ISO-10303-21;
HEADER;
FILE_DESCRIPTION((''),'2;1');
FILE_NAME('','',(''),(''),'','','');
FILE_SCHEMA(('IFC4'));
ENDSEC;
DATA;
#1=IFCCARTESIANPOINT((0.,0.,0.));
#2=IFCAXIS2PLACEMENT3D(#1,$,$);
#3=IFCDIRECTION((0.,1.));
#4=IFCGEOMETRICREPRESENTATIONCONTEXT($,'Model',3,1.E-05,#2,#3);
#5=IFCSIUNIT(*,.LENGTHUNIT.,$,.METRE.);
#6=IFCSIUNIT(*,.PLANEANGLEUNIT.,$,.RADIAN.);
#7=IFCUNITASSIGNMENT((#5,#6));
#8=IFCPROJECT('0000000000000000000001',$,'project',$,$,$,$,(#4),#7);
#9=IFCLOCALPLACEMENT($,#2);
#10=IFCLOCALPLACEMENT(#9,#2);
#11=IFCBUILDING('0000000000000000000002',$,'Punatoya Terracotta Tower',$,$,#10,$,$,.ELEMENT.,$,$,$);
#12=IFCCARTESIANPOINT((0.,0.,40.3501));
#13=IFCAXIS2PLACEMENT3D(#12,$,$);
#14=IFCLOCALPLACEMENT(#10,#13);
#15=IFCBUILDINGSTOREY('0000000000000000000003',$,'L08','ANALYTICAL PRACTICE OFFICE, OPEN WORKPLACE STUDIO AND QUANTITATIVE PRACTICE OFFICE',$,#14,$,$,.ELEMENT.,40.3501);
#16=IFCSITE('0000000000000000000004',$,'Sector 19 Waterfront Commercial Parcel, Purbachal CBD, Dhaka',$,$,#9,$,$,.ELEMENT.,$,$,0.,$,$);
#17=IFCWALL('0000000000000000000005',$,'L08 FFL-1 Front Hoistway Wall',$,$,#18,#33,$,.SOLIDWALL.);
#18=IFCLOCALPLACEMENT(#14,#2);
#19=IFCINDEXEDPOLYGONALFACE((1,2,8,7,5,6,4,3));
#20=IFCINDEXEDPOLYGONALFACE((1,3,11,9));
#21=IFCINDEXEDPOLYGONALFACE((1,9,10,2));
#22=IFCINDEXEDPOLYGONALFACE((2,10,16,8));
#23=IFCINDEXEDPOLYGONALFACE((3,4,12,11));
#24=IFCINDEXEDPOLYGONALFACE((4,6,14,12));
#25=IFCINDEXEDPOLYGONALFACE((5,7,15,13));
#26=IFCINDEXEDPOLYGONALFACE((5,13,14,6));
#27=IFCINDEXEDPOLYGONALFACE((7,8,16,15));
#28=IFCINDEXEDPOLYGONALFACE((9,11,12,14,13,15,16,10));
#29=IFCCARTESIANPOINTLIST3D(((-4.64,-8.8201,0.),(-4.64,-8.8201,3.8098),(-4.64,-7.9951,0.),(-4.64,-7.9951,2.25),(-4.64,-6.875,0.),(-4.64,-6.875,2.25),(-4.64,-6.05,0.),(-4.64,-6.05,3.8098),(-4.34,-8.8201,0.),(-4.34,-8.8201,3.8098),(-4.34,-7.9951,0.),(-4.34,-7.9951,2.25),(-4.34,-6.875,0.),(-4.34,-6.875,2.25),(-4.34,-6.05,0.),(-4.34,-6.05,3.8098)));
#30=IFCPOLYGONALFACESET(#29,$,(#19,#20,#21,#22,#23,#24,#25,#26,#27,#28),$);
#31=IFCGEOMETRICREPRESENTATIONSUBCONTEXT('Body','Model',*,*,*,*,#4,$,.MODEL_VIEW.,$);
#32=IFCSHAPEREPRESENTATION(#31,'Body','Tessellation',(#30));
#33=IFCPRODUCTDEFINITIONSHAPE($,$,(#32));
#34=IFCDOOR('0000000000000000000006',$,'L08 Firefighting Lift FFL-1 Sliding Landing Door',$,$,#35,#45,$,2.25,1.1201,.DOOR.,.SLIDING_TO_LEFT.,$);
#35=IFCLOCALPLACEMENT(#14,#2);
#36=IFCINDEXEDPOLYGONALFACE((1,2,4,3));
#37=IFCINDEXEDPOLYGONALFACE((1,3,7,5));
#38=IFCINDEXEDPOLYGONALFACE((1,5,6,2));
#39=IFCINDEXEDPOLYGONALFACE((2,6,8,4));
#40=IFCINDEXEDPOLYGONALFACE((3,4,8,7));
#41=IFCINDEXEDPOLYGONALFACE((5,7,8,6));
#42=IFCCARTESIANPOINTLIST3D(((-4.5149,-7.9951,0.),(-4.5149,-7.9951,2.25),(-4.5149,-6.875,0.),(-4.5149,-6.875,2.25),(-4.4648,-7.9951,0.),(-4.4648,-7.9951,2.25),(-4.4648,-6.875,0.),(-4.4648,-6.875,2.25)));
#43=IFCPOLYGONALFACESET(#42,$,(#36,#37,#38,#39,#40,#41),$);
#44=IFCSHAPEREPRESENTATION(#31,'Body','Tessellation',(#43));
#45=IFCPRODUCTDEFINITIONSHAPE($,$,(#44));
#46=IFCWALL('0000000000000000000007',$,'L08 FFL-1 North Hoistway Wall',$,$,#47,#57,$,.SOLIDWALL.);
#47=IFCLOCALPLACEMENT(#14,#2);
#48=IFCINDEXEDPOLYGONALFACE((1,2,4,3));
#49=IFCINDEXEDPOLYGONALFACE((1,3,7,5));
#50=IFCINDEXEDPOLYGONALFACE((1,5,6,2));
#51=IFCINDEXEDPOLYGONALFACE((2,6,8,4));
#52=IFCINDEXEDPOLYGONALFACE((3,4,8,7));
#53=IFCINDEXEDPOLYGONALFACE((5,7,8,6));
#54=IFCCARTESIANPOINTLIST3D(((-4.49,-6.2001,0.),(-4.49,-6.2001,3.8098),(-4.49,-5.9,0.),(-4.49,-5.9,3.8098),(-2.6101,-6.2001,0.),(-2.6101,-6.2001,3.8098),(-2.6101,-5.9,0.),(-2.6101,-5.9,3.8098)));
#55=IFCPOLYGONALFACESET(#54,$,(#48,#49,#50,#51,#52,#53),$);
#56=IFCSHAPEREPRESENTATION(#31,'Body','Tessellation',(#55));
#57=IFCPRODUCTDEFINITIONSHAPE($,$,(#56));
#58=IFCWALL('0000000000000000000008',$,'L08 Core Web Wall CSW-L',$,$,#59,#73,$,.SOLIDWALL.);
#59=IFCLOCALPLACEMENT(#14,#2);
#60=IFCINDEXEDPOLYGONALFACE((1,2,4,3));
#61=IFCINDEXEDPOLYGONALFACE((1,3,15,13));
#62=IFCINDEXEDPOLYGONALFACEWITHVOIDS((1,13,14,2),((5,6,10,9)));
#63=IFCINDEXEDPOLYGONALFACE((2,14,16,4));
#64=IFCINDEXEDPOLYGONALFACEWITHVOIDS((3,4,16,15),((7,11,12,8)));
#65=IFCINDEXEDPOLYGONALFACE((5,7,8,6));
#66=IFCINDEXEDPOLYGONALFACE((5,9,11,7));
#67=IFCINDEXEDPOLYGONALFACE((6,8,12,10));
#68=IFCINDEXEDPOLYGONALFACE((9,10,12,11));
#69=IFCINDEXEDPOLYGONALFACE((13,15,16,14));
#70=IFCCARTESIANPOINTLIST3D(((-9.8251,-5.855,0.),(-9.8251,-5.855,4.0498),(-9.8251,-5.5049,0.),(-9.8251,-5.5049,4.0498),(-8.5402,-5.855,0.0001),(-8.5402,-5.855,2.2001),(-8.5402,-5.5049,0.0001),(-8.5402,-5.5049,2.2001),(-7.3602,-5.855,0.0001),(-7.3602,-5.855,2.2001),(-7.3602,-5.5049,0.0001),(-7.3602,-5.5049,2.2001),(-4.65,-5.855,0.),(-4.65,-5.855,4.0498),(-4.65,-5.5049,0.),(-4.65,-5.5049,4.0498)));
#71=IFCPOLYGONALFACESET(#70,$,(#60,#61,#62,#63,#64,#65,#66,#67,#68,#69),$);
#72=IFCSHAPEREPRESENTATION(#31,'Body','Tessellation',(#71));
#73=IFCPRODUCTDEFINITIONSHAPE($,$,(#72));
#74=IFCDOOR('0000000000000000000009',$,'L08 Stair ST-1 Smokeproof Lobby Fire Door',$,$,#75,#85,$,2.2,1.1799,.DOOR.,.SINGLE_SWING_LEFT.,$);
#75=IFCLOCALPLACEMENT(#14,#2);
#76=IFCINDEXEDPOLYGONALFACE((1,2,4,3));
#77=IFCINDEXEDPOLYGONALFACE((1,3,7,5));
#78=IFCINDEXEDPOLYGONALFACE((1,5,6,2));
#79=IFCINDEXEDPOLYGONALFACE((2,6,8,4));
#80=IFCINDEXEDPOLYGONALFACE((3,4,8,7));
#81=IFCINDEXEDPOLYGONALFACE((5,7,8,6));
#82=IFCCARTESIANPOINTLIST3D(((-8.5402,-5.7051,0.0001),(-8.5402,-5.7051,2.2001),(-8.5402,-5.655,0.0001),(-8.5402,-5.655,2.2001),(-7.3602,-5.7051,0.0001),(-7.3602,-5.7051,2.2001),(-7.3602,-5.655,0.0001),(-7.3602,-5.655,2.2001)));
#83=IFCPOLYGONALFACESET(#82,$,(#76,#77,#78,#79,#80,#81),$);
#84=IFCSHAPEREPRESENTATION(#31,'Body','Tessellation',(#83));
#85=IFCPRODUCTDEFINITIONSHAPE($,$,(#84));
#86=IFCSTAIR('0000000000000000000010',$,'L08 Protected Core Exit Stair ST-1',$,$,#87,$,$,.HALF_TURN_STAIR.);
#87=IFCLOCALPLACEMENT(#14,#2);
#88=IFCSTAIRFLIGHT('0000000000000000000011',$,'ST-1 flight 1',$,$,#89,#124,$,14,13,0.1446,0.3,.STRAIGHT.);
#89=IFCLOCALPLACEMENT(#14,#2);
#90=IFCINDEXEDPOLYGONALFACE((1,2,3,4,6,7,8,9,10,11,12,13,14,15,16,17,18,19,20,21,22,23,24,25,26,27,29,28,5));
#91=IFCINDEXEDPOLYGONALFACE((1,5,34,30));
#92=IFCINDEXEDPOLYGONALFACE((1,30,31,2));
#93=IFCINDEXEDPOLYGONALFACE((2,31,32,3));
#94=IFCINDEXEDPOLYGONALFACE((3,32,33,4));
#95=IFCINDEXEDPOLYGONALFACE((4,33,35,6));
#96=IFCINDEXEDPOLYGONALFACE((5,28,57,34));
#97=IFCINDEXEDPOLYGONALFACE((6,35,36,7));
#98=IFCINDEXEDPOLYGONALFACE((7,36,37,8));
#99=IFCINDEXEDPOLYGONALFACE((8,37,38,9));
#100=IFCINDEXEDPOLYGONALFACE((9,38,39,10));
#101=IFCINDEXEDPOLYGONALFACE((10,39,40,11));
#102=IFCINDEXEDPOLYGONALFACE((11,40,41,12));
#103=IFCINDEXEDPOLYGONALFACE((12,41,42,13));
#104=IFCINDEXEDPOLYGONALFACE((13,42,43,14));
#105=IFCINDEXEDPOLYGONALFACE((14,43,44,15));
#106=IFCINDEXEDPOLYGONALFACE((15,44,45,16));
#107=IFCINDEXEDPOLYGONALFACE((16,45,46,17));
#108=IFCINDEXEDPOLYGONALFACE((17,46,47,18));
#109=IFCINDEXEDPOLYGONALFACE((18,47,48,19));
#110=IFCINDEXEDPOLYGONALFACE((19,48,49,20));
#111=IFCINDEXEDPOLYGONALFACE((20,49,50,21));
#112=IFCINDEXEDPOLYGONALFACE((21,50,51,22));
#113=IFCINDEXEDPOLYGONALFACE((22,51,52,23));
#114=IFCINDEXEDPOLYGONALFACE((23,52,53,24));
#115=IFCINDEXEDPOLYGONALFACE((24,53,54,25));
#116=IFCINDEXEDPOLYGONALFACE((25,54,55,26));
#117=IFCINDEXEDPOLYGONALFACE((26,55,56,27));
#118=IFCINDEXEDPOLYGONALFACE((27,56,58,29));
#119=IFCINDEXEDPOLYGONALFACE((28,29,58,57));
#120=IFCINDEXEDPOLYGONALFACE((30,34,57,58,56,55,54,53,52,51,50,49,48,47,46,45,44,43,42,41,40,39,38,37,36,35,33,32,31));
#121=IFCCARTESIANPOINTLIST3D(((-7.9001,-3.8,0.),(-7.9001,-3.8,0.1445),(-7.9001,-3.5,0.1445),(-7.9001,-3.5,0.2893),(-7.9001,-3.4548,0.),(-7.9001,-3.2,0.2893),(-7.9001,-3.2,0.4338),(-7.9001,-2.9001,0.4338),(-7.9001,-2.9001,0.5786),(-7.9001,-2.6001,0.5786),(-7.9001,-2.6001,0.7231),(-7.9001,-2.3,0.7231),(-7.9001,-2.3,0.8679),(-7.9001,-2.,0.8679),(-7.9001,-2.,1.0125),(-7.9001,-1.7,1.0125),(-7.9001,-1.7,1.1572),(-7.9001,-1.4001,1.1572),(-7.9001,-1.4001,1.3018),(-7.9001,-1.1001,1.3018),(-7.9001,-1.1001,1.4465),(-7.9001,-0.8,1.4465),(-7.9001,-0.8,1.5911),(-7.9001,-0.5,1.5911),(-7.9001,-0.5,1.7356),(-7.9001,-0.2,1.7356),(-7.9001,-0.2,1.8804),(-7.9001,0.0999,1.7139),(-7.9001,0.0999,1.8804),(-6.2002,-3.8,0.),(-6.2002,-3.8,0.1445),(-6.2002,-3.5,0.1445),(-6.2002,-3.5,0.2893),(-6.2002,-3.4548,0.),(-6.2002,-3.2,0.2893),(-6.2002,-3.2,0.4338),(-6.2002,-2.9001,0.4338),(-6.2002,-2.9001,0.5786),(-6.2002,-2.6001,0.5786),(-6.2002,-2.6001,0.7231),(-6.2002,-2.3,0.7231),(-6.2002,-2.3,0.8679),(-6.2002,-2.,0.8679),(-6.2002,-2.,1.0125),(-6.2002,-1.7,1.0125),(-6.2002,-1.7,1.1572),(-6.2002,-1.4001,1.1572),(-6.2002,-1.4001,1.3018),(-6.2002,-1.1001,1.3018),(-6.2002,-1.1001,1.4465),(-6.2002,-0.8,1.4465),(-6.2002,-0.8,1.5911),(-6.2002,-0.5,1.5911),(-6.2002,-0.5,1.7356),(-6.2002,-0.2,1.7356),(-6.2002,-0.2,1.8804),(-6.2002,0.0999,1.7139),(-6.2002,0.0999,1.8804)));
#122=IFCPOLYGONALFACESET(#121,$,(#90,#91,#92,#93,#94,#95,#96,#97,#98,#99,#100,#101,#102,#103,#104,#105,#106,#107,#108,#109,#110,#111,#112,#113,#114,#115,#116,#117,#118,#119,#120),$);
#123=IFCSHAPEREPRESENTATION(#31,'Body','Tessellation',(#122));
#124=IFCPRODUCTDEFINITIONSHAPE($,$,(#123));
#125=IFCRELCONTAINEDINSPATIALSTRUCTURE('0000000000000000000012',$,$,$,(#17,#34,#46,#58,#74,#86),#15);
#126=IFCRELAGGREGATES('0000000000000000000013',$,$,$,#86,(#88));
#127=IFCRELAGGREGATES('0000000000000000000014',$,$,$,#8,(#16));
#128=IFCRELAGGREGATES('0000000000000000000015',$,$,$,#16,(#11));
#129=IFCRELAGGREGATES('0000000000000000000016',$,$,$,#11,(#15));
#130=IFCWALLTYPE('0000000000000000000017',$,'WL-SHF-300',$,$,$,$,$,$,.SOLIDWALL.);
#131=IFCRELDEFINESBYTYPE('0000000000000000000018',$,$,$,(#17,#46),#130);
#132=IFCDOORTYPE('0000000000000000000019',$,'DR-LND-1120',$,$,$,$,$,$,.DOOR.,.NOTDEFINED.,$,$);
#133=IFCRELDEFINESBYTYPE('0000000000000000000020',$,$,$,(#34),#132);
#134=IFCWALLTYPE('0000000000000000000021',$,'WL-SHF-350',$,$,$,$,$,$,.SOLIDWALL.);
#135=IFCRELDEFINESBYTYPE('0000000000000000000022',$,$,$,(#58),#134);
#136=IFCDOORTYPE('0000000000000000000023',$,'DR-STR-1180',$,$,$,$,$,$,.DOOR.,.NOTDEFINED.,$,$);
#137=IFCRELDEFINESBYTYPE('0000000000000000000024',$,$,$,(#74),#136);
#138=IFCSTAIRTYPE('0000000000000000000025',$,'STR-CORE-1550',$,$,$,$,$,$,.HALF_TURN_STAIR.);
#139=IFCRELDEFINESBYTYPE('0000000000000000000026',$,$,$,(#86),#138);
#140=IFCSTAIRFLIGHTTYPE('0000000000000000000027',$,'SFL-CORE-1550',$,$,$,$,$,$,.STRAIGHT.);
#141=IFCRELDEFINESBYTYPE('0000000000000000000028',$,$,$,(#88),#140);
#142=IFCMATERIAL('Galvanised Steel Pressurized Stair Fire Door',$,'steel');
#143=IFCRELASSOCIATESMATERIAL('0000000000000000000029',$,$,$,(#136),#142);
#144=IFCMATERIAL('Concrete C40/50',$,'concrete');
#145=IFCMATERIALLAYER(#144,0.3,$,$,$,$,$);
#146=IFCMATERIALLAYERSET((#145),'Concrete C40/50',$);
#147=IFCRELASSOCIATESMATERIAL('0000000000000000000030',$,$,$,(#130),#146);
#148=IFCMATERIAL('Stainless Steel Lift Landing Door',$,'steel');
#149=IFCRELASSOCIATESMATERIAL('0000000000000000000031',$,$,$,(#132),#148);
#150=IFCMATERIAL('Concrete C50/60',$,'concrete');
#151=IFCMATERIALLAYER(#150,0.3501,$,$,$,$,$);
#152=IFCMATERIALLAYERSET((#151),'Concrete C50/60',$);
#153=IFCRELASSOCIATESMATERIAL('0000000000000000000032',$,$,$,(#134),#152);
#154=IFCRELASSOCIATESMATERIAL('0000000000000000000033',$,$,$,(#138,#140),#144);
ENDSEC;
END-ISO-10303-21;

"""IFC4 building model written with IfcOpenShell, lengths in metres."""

from ifc_helpers import new_model, si_unit, direction, frame, frame_2d, origin, place, context, subcontext, project, spatial, polyline, rectangle, outline, extrude, material, layer, layer_set, type_object, element, fill, aggregate, save


model = new_model("IFC4")

# Units and contexts
model_context = context("Model", 3, precision=1e-05, world=origin(), true_north=direction((0.0, 1.0)))
body_context = subcontext(model_context, "Body", "Model", "MODEL_VIEW")
ifc_project = project(units=[si_unit("LENGTHUNIT", "METRE"), si_unit("PLANEANGLEUNIT", "RADIAN")], contexts=[model_context])

# Site, building, storey
site_placement = place(None, origin())
site = spatial("IfcSite", under=ifc_project, at=site_placement, Name="Sector 19 Waterfront Commercial Parcel, Purbachal CBD, Dhaka", CompositionType="ELEMENT", RefElevation=0.0)
building_placement = place(site_placement, origin())
building = spatial("IfcBuilding", under=site, at=building_placement, Name="Punatoya Terracotta Tower", CompositionType="ELEMENT")
storey_placement = place(building_placement, frame((0.0, 0.0, 40.3501)))
storey = spatial("IfcBuildingStorey", under=building, at=storey_placement, Name="L08", Description="ANALYTICAL PRACTICE OFFICE, OPEN WORKPLACE STUDIO AND QUANTITATIVE PRACTICE OFFICE", CompositionType="ELEMENT", Elevation=40.3501)

# Shared definitions
ifc_material_1 = material(Name="Galvanised Steel Pressurized Stair Fire Door", Category="steel")
door_type_1 = type_object("IfcDoorType", Name="DR-STR-1180", OperationType="NOTDEFINED", PredefinedType="DOOR", material=ifc_material_1)

# Shared definitions
ifc_material_2 = material(Name="Concrete C40/50", Category="concrete")
ifc_layer_1 = layer(ifc_material_2, 0.3)
ifc_layer_set_1 = layer_set([ifc_layer_1], Name="Concrete C40/50")
wall_type_1 = type_object("IfcWallType", Name="WL-SHF-300", PredefinedType="SOLIDWALL", material=ifc_layer_set_1)

# Wall, opening, door
wall_1_placement = place(storey_placement, frame((-4.49, -8.8201, 0.0), z_axis=(0.0, 0.0, 1.0), x_axis=(0.0, 1.0, 0.0)))
wall_1 = element("IfcWall", 1, at=wall_1_placement, inside=storey, type_object=wall_type_1, Name="L08 FFL-1 Front Hoistway Wall", PredefinedType="SOLIDWALL", context=body_context, shape_type="SweptSolid", body=[
    extrude(rectangle(XDim=2.77, YDim=0.3, at=frame_2d((1.385, 0.0))), origin(), (0.0, 0.0, 1.0), 3.8098),
])
opening_1_placement = place(wall_1_placement, frame((0.825, 0.0, 0.0)))
opening_1 = element("IfcOpeningElement", 2, at=opening_1_placement, cuts=wall_1, PredefinedType="OPENING", context=body_context, shape_type="SweptSolid", body=[
    extrude(rectangle(XDim=1.1201, YDim=2.25, at=frame_2d((0.5601, 1.125))), frame((0.0, 0.1599, 0.0), z_axis=(0.0, -1.0, 0.0), x_axis=(1.0, 0.0, 0.0)), (0.0, 0.0, 1.0), 0.3201),
])
ifc_material_3 = material(Name="Stainless Steel Lift Landing Door", Category="steel")
door_type_2 = type_object("IfcDoorType", Name="DR-LND-1120", OperationType="NOTDEFINED", PredefinedType="DOOR", material=ifc_material_3)
door_1_placement = place(opening_1_placement, origin())
door_1 = element("IfcDoor", 3, at=door_1_placement, inside=storey, type_object=door_type_2, Name="L08 Firefighting Lift FFL-1 Sliding Landing Door", OperationType="SLIDING_TO_LEFT", OverallHeight=2.25, OverallWidth=1.1201, PredefinedType="DOOR", context=body_context, shape_type="SweptSolid", body=[
    extrude(rectangle(XDim=1.1201, YDim=2.25, at=frame_2d((0.5601, 1.125))), frame((0.0, 0.0249, 0.0), z_axis=(0.0, -1.0, 0.0), x_axis=(1.0, 0.0, 0.0)), (0.0, 0.0, 1.0), 0.05),
])
fill(opening_1, door_1)

# Wall
wall_2_placement = place(storey_placement, frame((-4.49, -6.05, 0.0), z_axis=(0.0, 0.0, 1.0), x_axis=(1.0, 0.0, 0.0)))
element("IfcWall", 4, at=wall_2_placement, inside=storey, type_object=wall_type_1, Name="L08 FFL-1 North Hoistway Wall", PredefinedType="SOLIDWALL", context=body_context, shape_type="SweptSolid", body=[
    extrude(rectangle(XDim=1.8799, YDim=0.3, at=frame_2d((0.9399, 0.0))), origin(), (0.0, 0.0, 1.0), 3.8098),
])

# Wall, opening, door
ifc_material_4 = material(Name="Concrete C50/60", Category="concrete")
ifc_layer_2 = layer(ifc_material_4, 0.3501)
ifc_layer_set_2 = layer_set([ifc_layer_2], Name="Concrete C50/60")
wall_type_2 = type_object("IfcWallType", Name="WL-SHF-350", PredefinedType="SOLIDWALL", material=ifc_layer_set_2)
wall_3_placement = place(storey_placement, frame((-9.825, -5.6799, 0.0), z_axis=(0.0, 0.0, 1.0), x_axis=(1.0, 0.0, 0.0)))
wall_3 = element("IfcWall", 5, at=wall_3_placement, inside=storey, type_object=wall_type_2, Name="L08 Core Web Wall CSW-L", PredefinedType="SOLIDWALL", context=body_context, shape_type="SweptSolid", body=[
    extrude(rectangle(XDim=5.175, YDim=0.3501, at=frame_2d((2.5874, 0.0))), origin(), (0.0, 0.0, 1.0), 4.0498),
])
opening_2_placement = place(wall_3_placement, frame((1.2849, 0.0, 0.0)))
opening_2 = element("IfcOpeningElement", 6, at=opening_2_placement, cuts=wall_3, PredefinedType="OPENING", context=body_context, shape_type="SweptSolid", body=[
    extrude(rectangle(XDim=1.1799, YDim=2.2, at=frame_2d((0.5898, 1.1001))), frame((0.0, 0.1851, 0.0), z_axis=(0.0, -1.0, 0.0), x_axis=(1.0, 0.0, 0.0)), (0.0, 0.0, 1.0), 0.3701),
])
door_2_placement = place(opening_2_placement, origin())
door_2 = element("IfcDoor", 7, at=door_2_placement, inside=storey, type_object=door_type_1, Name="L08 Stair ST-1 Smokeproof Lobby Fire Door", OperationType="SINGLE_SWING_LEFT", OverallHeight=2.2, OverallWidth=1.1799, PredefinedType="DOOR", context=body_context, shape_type="SweptSolid", body=[
    extrude(rectangle(XDim=1.1799, YDim=2.2, at=frame_2d((0.5898, 1.1001))), frame((0.0, 0.0249, 0.0), z_axis=(0.0, -1.0, 0.0), x_axis=(1.0, 0.0, 0.0)), (0.0, 0.0, 1.0), 0.05),
])
fill(opening_2, door_2)

# Stair, stair flight
stair_type = type_object("IfcStairType", Name="STR-CORE-1550", PredefinedType="HALF_TURN_STAIR", material=ifc_material_2)
stair_placement = place(storey_placement, origin())
stair = element("IfcStair", 8, at=stair_placement, inside=storey, type_object=stair_type, Name="L08 Protected Core Exit Stair ST-1", PredefinedType="HALF_TURN_STAIR")
stair_flight_type = type_object("IfcStairFlightType", Name="SFL-CORE-1550", PredefinedType="STRAIGHT", material=ifc_material_2)
stair_flight_placement = place(storey_placement, frame((-7.05, -3.8, 0.0), z_axis=(0.0, 0.0, 1.0), x_axis=(0.0, 1.0, 0.0)))
stair_flight = element("IfcStairFlight", 9, at=stair_flight_placement, type_object=stair_flight_type, Name="ST-1 flight 1", NumberOfRisers=14, NumberOfTreads=13, PredefinedType="STRAIGHT", RiserHeight=0.1446, TreadLength=0.3, context=body_context, shape_type="SweptSolid", body=[
    extrude(outline(polyline([(0.0, 0.0), (0.0, 0.1445), (0.3, 0.1445), (0.3, 0.2893), (0.6001, 0.2893), (0.6001, 0.4338), (0.8999, 0.4338), (0.8999, 0.5786), (1.2, 0.5786), (1.2, 0.7231), (1.5, 0.7231), (1.5, 0.8679), (1.8, 0.8679), (1.8, 1.0125), (2.1001, 1.0125), (2.1001, 1.1572), (2.3999, 1.1572), (2.3999, 1.3018), (2.7, 1.3018), (2.7, 1.4465), (3.0, 1.4465), (3.0, 1.5911), (3.3, 1.5911), (3.3, 1.7356), (3.6001, 1.7356), (3.6001, 1.8804), (3.8999, 1.8804), (3.8999, 2.0249), (3.8999, 1.7139), (0.3452, 0.0), (0.0, 0.0)])), frame((0.0, 0.8501, 0.0), z_axis=(0.0, -1.0, 0.0), x_axis=(1.0, 0.0, 0.0)), (0.0, 0.0, 1.0), 1.7),
])
aggregate(stair, [stair_flight])

save(model, "model.ifc")
